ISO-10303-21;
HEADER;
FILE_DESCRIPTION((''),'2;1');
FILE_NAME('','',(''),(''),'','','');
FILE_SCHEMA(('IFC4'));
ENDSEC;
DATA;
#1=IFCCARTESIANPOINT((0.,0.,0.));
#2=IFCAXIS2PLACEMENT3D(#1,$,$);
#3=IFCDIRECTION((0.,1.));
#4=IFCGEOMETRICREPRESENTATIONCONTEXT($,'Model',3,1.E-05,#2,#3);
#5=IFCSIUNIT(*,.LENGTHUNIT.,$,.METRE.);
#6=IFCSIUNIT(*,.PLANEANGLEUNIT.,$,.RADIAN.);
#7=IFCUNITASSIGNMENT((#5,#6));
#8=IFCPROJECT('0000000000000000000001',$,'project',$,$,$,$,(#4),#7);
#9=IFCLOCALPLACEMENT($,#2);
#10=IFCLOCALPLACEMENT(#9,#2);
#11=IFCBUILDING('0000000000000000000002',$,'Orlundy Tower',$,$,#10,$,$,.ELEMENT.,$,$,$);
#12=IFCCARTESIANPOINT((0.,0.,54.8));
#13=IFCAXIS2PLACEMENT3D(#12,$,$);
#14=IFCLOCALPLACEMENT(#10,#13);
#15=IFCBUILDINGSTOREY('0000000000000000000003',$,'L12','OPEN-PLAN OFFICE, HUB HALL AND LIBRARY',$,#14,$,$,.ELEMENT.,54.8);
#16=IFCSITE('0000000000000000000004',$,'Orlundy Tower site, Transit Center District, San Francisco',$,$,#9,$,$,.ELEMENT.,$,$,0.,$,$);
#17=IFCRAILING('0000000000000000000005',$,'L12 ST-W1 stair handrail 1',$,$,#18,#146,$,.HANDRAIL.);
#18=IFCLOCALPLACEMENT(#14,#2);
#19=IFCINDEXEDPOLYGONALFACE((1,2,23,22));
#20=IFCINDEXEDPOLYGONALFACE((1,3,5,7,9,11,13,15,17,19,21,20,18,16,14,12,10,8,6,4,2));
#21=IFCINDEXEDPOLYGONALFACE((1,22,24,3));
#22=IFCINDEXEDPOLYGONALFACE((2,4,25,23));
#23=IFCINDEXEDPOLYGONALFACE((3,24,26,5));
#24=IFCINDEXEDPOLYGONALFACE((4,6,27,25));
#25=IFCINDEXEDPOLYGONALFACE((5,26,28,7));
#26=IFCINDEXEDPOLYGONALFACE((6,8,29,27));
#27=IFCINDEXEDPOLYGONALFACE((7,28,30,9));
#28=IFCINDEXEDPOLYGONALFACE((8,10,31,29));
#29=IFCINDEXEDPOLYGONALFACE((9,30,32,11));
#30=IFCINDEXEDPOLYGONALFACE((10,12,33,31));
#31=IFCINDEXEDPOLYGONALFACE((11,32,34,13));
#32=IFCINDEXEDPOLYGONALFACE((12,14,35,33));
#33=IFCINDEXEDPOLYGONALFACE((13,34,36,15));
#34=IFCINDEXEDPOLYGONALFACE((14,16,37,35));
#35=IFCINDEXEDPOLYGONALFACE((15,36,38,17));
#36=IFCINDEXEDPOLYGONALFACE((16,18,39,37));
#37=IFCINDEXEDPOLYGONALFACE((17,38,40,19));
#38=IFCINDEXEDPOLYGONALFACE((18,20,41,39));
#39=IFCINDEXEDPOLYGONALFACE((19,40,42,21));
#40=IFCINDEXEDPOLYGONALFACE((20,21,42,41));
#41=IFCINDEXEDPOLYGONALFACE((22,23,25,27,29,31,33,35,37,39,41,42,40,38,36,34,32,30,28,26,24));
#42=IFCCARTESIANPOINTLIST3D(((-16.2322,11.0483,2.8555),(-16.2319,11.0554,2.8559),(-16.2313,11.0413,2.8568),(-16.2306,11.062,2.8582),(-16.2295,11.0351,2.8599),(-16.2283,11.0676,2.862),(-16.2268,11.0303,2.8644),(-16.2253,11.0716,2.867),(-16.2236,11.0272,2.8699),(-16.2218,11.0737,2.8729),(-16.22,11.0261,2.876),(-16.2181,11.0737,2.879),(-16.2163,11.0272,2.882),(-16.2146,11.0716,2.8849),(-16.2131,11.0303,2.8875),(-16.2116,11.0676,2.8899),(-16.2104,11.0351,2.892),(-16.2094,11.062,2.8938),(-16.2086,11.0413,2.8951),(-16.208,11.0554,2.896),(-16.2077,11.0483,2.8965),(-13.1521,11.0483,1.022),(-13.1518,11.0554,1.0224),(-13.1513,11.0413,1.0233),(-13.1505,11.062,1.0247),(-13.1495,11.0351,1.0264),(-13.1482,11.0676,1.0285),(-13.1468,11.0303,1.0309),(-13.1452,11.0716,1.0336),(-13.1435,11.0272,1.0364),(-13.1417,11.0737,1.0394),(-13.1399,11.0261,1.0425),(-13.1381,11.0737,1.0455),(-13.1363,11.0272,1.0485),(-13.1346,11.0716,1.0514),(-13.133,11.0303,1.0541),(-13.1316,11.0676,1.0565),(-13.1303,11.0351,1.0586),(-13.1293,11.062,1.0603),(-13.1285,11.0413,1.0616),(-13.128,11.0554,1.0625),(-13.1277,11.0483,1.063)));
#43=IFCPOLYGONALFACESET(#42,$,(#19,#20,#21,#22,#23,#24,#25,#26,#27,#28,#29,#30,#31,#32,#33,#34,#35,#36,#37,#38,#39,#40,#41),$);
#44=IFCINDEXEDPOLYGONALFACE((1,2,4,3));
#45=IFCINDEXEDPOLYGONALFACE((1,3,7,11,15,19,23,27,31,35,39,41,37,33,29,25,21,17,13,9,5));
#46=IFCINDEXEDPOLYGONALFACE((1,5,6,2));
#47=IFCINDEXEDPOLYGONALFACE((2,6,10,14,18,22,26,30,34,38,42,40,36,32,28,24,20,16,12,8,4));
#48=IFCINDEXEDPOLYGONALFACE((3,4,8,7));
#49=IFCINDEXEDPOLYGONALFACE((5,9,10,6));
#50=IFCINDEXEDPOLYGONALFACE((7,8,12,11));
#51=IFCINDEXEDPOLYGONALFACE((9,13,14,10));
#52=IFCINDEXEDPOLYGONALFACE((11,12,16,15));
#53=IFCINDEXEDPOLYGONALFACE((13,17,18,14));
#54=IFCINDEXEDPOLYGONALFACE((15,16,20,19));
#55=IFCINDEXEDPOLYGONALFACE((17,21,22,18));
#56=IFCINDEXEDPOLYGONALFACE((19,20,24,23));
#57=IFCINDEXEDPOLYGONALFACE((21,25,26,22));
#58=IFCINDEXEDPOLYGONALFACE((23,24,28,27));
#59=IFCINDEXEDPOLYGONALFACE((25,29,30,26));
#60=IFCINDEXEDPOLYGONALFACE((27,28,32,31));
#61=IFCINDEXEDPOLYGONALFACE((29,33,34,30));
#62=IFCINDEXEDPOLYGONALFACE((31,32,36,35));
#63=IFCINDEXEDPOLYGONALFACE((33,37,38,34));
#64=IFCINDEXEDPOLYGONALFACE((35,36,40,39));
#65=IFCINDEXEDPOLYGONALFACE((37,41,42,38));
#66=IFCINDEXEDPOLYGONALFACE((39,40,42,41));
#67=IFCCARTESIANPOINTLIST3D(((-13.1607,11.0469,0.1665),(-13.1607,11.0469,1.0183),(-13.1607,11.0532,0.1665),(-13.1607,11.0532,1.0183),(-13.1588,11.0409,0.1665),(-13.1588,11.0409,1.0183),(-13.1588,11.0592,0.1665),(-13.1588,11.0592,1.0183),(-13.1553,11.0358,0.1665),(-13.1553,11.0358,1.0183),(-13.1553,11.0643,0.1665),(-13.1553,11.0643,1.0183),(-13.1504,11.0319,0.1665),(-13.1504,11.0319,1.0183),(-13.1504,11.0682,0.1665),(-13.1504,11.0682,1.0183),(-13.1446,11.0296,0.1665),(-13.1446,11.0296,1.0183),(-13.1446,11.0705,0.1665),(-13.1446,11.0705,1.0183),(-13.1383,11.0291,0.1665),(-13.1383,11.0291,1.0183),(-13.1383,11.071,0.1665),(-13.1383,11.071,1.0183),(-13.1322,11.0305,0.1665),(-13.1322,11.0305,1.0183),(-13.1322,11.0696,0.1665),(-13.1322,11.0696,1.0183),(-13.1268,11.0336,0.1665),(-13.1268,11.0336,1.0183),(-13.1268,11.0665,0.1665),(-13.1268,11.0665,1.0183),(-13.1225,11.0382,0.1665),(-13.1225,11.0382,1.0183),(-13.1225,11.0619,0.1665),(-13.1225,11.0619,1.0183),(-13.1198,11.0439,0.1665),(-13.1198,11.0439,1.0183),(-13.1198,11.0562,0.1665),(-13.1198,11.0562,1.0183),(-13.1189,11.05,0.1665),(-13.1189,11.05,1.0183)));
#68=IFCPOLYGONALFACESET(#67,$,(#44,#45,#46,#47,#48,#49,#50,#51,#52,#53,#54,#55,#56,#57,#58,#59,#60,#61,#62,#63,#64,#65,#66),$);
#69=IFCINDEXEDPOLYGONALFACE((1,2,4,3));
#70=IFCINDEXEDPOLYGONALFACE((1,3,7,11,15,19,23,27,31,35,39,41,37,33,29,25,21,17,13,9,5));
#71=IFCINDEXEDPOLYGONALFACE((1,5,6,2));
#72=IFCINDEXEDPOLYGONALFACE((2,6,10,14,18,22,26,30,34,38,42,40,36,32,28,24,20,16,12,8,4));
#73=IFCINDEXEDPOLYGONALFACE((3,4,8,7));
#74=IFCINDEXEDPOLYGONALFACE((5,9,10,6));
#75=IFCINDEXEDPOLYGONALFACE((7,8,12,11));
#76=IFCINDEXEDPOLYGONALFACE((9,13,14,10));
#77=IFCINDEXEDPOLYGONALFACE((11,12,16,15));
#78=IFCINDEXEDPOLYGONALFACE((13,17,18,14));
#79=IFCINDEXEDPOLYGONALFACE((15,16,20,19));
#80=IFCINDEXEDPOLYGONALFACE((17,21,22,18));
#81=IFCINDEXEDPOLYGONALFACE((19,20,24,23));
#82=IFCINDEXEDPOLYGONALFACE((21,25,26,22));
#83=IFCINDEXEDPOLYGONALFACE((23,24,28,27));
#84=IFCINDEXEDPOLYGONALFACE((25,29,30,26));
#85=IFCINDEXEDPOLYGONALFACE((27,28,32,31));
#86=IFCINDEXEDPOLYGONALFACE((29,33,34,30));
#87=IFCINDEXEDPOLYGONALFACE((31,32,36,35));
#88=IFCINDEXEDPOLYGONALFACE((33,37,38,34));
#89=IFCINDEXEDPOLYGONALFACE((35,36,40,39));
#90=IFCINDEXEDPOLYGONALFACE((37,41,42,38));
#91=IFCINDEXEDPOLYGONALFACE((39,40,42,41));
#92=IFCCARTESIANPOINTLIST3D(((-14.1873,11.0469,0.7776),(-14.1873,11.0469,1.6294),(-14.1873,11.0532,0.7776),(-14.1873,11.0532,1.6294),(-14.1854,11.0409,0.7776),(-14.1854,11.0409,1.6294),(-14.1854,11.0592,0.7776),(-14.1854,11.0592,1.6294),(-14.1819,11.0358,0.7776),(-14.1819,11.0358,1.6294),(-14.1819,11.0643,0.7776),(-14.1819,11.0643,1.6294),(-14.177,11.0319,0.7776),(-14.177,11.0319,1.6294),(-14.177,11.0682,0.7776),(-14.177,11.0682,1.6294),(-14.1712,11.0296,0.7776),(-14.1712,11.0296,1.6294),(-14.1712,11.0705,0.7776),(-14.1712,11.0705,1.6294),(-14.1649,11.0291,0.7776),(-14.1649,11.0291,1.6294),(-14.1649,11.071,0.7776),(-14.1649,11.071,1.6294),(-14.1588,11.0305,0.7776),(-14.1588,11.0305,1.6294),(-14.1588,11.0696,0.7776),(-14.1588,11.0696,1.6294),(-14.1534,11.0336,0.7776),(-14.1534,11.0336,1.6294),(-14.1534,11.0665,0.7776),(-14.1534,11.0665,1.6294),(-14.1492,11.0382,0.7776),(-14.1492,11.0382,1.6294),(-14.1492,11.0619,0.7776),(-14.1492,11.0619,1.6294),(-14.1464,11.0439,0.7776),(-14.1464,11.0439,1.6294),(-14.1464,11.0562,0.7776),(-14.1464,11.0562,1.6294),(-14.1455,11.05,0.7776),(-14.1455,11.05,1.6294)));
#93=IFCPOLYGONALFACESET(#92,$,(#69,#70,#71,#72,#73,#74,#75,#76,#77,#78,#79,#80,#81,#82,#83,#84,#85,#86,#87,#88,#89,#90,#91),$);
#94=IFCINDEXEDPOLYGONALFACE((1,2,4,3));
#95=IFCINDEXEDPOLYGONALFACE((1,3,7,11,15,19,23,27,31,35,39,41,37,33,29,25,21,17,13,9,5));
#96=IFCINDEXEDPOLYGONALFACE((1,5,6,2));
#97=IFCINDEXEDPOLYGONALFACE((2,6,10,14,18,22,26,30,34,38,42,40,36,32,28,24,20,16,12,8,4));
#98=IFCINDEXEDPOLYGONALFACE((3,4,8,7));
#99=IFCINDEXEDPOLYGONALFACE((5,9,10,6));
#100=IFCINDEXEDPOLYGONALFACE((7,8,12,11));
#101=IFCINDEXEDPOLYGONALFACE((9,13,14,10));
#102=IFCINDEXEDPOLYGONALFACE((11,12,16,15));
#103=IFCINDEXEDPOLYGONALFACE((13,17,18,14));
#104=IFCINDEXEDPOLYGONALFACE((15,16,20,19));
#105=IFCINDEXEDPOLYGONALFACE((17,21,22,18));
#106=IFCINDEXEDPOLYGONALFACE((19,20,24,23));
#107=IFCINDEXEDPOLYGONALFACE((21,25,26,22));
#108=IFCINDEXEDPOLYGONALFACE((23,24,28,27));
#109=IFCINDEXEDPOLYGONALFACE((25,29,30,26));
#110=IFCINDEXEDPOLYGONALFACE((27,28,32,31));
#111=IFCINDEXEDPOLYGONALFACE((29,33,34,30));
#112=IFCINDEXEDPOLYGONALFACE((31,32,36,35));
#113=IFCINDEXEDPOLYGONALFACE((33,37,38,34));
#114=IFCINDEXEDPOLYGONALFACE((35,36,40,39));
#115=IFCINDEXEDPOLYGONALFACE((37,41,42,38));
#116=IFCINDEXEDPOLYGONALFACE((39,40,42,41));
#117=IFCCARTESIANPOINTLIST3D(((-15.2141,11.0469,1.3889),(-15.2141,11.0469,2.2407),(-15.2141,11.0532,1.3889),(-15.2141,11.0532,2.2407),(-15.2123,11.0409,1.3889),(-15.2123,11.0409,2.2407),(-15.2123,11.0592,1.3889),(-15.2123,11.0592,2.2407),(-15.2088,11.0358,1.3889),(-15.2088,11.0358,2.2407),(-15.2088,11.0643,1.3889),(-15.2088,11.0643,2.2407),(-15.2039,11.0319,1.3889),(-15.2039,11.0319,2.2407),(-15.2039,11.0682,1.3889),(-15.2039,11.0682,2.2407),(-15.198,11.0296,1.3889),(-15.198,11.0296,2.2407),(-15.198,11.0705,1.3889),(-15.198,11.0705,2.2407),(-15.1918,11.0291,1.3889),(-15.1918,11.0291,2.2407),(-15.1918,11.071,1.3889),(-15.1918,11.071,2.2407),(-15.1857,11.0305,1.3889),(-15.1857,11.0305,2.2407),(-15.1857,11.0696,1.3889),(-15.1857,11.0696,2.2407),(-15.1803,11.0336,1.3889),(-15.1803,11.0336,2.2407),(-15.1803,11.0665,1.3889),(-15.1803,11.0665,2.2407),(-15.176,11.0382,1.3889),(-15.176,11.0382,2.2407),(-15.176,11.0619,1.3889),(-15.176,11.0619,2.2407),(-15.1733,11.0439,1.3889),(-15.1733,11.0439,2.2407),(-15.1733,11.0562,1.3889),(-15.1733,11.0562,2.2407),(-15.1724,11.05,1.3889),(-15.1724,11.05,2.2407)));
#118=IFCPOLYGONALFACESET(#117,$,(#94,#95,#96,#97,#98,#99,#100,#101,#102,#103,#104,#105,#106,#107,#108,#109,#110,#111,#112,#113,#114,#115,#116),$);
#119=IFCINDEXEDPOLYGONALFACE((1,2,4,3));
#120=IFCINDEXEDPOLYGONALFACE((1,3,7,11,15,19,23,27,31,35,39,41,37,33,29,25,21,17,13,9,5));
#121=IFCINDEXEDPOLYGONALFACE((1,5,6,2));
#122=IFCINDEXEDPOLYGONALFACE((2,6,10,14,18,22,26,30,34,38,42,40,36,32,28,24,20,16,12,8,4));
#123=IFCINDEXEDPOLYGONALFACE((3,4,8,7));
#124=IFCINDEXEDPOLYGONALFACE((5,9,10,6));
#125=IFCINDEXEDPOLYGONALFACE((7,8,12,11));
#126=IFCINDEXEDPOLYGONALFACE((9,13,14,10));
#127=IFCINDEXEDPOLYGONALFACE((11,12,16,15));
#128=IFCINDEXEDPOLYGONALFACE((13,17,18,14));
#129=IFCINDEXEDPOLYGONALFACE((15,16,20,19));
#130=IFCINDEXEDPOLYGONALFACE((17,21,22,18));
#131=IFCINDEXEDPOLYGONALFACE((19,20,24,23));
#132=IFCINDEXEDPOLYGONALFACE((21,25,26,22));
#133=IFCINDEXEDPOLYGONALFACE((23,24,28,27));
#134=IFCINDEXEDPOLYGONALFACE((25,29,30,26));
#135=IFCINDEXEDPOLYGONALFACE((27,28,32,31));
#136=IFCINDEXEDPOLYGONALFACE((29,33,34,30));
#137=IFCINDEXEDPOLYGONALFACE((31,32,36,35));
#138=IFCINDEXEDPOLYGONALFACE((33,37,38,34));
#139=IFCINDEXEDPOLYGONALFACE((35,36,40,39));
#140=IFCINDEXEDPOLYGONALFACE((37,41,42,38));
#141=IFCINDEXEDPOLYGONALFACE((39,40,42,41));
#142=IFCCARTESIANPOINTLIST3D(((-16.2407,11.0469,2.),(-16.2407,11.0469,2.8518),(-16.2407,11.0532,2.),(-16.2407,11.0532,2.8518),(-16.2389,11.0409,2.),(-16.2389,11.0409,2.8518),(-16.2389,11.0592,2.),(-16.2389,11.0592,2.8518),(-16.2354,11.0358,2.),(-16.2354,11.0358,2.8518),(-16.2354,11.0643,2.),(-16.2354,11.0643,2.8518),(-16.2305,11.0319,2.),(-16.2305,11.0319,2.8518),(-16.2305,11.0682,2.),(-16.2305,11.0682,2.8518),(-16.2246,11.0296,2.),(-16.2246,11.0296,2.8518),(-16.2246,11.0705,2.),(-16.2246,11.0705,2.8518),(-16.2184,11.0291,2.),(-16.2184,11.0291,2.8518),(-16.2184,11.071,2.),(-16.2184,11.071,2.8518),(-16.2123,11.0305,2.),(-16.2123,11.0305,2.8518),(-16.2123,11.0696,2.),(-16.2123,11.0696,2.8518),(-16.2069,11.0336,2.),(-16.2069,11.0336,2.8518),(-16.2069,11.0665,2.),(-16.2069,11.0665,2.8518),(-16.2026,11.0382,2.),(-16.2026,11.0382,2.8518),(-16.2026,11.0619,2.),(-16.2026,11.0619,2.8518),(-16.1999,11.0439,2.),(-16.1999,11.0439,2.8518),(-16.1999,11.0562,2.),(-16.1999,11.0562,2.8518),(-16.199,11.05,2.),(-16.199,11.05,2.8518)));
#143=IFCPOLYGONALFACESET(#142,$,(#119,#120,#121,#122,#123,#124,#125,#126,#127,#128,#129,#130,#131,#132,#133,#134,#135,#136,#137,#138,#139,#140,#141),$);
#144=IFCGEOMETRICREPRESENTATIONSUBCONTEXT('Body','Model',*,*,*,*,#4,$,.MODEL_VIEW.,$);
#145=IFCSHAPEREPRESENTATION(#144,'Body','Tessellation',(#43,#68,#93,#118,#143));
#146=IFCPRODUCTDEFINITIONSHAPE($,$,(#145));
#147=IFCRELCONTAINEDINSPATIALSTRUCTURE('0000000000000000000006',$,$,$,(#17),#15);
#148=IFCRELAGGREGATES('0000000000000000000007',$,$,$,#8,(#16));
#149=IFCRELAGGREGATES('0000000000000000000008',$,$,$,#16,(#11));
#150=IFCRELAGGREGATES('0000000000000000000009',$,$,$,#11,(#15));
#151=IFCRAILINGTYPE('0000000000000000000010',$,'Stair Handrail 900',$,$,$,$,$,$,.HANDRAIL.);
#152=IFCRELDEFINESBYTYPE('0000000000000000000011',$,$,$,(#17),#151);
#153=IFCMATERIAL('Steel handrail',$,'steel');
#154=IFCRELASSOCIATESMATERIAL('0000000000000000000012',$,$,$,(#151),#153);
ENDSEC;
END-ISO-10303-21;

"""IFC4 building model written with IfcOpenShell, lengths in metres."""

from ifc_helpers import new_model, si_unit, direction, frame, origin, origin_2d, place, context, subcontext, project, spatial, circle, extrude, material, type_object, element, save


model = new_model("IFC4")

# Units and contexts
model_context = context("Model", 3, precision=1e-05, world=origin(), true_north=direction((0.0, 1.0)))
body_context = subcontext(model_context, "Body", "Model", "MODEL_VIEW")
ifc_project = project(units=[si_unit("LENGTHUNIT", "METRE"), si_unit("PLANEANGLEUNIT", "RADIAN")], contexts=[model_context])

# Site, building, storey
site_placement = place(None, origin())
site = spatial("IfcSite", under=ifc_project, at=site_placement, Name="Orlundy Tower site, Transit Center District, San Francisco", CompositionType="ELEMENT", RefElevation=0.0)
building_placement = place(site_placement, origin())
building = spatial("IfcBuilding", under=site, at=building_placement, Name="Orlundy Tower", CompositionType="ELEMENT")
storey_placement = place(building_placement, frame((0.0, 0.0, 54.8)))
storey = spatial("IfcBuildingStorey", under=building, at=storey_placement, Name="L12", Description="OPEN-PLAN OFFICE, HUB HALL AND LIBRARY", CompositionType="ELEMENT", Elevation=54.8)

# Railing
ifc_material_1 = material(Name="Steel handrail", Category="steel")
railing_type_1 = type_object("IfcRailingType", Name="Stair Handrail 900", PredefinedType="HANDRAIL", material=ifc_material_1)
railing_1_placement = place(storey_placement, frame((-13.1399, 11.05, 0.1665)))
element("IfcRailing", 1, at=railing_1_placement, inside=storey, type_object=railing_type_1, Name="L12 ST-W1 stair handrail 1", PredefinedType="HANDRAIL", context=body_context, shape_type="SweptSolid", body=[
    extrude(circle(Radius=0.0239, at=origin_2d()), frame((0.0, 0.0, 0.876), z_axis=(-0.859279, 0.0, 0.511508), x_axis=(0.0, -1.0, 0.0)), (0.0, 0.0, 1.0), 3.5845),
    extrude(circle(Radius=0.021, at=origin_2d()), origin(), (0.0, 0.0, 1.0), 0.8518),
    extrude(circle(Radius=0.021, at=origin_2d()), frame((-1.0266, 0.0, 0.6111)), (0.0, 0.0, 1.0), 0.8518),
    extrude(circle(Radius=0.021, at=origin_2d()), frame((-2.0535, 0.0, 1.2224)), (0.0, 0.0, 1.0), 0.8518),
    extrude(circle(Radius=0.021, at=origin_2d()), frame((-3.0801, 0.0, 1.8335)), (0.0, 0.0, 1.0), 0.8518),
])

save(model, "model.ifc")
